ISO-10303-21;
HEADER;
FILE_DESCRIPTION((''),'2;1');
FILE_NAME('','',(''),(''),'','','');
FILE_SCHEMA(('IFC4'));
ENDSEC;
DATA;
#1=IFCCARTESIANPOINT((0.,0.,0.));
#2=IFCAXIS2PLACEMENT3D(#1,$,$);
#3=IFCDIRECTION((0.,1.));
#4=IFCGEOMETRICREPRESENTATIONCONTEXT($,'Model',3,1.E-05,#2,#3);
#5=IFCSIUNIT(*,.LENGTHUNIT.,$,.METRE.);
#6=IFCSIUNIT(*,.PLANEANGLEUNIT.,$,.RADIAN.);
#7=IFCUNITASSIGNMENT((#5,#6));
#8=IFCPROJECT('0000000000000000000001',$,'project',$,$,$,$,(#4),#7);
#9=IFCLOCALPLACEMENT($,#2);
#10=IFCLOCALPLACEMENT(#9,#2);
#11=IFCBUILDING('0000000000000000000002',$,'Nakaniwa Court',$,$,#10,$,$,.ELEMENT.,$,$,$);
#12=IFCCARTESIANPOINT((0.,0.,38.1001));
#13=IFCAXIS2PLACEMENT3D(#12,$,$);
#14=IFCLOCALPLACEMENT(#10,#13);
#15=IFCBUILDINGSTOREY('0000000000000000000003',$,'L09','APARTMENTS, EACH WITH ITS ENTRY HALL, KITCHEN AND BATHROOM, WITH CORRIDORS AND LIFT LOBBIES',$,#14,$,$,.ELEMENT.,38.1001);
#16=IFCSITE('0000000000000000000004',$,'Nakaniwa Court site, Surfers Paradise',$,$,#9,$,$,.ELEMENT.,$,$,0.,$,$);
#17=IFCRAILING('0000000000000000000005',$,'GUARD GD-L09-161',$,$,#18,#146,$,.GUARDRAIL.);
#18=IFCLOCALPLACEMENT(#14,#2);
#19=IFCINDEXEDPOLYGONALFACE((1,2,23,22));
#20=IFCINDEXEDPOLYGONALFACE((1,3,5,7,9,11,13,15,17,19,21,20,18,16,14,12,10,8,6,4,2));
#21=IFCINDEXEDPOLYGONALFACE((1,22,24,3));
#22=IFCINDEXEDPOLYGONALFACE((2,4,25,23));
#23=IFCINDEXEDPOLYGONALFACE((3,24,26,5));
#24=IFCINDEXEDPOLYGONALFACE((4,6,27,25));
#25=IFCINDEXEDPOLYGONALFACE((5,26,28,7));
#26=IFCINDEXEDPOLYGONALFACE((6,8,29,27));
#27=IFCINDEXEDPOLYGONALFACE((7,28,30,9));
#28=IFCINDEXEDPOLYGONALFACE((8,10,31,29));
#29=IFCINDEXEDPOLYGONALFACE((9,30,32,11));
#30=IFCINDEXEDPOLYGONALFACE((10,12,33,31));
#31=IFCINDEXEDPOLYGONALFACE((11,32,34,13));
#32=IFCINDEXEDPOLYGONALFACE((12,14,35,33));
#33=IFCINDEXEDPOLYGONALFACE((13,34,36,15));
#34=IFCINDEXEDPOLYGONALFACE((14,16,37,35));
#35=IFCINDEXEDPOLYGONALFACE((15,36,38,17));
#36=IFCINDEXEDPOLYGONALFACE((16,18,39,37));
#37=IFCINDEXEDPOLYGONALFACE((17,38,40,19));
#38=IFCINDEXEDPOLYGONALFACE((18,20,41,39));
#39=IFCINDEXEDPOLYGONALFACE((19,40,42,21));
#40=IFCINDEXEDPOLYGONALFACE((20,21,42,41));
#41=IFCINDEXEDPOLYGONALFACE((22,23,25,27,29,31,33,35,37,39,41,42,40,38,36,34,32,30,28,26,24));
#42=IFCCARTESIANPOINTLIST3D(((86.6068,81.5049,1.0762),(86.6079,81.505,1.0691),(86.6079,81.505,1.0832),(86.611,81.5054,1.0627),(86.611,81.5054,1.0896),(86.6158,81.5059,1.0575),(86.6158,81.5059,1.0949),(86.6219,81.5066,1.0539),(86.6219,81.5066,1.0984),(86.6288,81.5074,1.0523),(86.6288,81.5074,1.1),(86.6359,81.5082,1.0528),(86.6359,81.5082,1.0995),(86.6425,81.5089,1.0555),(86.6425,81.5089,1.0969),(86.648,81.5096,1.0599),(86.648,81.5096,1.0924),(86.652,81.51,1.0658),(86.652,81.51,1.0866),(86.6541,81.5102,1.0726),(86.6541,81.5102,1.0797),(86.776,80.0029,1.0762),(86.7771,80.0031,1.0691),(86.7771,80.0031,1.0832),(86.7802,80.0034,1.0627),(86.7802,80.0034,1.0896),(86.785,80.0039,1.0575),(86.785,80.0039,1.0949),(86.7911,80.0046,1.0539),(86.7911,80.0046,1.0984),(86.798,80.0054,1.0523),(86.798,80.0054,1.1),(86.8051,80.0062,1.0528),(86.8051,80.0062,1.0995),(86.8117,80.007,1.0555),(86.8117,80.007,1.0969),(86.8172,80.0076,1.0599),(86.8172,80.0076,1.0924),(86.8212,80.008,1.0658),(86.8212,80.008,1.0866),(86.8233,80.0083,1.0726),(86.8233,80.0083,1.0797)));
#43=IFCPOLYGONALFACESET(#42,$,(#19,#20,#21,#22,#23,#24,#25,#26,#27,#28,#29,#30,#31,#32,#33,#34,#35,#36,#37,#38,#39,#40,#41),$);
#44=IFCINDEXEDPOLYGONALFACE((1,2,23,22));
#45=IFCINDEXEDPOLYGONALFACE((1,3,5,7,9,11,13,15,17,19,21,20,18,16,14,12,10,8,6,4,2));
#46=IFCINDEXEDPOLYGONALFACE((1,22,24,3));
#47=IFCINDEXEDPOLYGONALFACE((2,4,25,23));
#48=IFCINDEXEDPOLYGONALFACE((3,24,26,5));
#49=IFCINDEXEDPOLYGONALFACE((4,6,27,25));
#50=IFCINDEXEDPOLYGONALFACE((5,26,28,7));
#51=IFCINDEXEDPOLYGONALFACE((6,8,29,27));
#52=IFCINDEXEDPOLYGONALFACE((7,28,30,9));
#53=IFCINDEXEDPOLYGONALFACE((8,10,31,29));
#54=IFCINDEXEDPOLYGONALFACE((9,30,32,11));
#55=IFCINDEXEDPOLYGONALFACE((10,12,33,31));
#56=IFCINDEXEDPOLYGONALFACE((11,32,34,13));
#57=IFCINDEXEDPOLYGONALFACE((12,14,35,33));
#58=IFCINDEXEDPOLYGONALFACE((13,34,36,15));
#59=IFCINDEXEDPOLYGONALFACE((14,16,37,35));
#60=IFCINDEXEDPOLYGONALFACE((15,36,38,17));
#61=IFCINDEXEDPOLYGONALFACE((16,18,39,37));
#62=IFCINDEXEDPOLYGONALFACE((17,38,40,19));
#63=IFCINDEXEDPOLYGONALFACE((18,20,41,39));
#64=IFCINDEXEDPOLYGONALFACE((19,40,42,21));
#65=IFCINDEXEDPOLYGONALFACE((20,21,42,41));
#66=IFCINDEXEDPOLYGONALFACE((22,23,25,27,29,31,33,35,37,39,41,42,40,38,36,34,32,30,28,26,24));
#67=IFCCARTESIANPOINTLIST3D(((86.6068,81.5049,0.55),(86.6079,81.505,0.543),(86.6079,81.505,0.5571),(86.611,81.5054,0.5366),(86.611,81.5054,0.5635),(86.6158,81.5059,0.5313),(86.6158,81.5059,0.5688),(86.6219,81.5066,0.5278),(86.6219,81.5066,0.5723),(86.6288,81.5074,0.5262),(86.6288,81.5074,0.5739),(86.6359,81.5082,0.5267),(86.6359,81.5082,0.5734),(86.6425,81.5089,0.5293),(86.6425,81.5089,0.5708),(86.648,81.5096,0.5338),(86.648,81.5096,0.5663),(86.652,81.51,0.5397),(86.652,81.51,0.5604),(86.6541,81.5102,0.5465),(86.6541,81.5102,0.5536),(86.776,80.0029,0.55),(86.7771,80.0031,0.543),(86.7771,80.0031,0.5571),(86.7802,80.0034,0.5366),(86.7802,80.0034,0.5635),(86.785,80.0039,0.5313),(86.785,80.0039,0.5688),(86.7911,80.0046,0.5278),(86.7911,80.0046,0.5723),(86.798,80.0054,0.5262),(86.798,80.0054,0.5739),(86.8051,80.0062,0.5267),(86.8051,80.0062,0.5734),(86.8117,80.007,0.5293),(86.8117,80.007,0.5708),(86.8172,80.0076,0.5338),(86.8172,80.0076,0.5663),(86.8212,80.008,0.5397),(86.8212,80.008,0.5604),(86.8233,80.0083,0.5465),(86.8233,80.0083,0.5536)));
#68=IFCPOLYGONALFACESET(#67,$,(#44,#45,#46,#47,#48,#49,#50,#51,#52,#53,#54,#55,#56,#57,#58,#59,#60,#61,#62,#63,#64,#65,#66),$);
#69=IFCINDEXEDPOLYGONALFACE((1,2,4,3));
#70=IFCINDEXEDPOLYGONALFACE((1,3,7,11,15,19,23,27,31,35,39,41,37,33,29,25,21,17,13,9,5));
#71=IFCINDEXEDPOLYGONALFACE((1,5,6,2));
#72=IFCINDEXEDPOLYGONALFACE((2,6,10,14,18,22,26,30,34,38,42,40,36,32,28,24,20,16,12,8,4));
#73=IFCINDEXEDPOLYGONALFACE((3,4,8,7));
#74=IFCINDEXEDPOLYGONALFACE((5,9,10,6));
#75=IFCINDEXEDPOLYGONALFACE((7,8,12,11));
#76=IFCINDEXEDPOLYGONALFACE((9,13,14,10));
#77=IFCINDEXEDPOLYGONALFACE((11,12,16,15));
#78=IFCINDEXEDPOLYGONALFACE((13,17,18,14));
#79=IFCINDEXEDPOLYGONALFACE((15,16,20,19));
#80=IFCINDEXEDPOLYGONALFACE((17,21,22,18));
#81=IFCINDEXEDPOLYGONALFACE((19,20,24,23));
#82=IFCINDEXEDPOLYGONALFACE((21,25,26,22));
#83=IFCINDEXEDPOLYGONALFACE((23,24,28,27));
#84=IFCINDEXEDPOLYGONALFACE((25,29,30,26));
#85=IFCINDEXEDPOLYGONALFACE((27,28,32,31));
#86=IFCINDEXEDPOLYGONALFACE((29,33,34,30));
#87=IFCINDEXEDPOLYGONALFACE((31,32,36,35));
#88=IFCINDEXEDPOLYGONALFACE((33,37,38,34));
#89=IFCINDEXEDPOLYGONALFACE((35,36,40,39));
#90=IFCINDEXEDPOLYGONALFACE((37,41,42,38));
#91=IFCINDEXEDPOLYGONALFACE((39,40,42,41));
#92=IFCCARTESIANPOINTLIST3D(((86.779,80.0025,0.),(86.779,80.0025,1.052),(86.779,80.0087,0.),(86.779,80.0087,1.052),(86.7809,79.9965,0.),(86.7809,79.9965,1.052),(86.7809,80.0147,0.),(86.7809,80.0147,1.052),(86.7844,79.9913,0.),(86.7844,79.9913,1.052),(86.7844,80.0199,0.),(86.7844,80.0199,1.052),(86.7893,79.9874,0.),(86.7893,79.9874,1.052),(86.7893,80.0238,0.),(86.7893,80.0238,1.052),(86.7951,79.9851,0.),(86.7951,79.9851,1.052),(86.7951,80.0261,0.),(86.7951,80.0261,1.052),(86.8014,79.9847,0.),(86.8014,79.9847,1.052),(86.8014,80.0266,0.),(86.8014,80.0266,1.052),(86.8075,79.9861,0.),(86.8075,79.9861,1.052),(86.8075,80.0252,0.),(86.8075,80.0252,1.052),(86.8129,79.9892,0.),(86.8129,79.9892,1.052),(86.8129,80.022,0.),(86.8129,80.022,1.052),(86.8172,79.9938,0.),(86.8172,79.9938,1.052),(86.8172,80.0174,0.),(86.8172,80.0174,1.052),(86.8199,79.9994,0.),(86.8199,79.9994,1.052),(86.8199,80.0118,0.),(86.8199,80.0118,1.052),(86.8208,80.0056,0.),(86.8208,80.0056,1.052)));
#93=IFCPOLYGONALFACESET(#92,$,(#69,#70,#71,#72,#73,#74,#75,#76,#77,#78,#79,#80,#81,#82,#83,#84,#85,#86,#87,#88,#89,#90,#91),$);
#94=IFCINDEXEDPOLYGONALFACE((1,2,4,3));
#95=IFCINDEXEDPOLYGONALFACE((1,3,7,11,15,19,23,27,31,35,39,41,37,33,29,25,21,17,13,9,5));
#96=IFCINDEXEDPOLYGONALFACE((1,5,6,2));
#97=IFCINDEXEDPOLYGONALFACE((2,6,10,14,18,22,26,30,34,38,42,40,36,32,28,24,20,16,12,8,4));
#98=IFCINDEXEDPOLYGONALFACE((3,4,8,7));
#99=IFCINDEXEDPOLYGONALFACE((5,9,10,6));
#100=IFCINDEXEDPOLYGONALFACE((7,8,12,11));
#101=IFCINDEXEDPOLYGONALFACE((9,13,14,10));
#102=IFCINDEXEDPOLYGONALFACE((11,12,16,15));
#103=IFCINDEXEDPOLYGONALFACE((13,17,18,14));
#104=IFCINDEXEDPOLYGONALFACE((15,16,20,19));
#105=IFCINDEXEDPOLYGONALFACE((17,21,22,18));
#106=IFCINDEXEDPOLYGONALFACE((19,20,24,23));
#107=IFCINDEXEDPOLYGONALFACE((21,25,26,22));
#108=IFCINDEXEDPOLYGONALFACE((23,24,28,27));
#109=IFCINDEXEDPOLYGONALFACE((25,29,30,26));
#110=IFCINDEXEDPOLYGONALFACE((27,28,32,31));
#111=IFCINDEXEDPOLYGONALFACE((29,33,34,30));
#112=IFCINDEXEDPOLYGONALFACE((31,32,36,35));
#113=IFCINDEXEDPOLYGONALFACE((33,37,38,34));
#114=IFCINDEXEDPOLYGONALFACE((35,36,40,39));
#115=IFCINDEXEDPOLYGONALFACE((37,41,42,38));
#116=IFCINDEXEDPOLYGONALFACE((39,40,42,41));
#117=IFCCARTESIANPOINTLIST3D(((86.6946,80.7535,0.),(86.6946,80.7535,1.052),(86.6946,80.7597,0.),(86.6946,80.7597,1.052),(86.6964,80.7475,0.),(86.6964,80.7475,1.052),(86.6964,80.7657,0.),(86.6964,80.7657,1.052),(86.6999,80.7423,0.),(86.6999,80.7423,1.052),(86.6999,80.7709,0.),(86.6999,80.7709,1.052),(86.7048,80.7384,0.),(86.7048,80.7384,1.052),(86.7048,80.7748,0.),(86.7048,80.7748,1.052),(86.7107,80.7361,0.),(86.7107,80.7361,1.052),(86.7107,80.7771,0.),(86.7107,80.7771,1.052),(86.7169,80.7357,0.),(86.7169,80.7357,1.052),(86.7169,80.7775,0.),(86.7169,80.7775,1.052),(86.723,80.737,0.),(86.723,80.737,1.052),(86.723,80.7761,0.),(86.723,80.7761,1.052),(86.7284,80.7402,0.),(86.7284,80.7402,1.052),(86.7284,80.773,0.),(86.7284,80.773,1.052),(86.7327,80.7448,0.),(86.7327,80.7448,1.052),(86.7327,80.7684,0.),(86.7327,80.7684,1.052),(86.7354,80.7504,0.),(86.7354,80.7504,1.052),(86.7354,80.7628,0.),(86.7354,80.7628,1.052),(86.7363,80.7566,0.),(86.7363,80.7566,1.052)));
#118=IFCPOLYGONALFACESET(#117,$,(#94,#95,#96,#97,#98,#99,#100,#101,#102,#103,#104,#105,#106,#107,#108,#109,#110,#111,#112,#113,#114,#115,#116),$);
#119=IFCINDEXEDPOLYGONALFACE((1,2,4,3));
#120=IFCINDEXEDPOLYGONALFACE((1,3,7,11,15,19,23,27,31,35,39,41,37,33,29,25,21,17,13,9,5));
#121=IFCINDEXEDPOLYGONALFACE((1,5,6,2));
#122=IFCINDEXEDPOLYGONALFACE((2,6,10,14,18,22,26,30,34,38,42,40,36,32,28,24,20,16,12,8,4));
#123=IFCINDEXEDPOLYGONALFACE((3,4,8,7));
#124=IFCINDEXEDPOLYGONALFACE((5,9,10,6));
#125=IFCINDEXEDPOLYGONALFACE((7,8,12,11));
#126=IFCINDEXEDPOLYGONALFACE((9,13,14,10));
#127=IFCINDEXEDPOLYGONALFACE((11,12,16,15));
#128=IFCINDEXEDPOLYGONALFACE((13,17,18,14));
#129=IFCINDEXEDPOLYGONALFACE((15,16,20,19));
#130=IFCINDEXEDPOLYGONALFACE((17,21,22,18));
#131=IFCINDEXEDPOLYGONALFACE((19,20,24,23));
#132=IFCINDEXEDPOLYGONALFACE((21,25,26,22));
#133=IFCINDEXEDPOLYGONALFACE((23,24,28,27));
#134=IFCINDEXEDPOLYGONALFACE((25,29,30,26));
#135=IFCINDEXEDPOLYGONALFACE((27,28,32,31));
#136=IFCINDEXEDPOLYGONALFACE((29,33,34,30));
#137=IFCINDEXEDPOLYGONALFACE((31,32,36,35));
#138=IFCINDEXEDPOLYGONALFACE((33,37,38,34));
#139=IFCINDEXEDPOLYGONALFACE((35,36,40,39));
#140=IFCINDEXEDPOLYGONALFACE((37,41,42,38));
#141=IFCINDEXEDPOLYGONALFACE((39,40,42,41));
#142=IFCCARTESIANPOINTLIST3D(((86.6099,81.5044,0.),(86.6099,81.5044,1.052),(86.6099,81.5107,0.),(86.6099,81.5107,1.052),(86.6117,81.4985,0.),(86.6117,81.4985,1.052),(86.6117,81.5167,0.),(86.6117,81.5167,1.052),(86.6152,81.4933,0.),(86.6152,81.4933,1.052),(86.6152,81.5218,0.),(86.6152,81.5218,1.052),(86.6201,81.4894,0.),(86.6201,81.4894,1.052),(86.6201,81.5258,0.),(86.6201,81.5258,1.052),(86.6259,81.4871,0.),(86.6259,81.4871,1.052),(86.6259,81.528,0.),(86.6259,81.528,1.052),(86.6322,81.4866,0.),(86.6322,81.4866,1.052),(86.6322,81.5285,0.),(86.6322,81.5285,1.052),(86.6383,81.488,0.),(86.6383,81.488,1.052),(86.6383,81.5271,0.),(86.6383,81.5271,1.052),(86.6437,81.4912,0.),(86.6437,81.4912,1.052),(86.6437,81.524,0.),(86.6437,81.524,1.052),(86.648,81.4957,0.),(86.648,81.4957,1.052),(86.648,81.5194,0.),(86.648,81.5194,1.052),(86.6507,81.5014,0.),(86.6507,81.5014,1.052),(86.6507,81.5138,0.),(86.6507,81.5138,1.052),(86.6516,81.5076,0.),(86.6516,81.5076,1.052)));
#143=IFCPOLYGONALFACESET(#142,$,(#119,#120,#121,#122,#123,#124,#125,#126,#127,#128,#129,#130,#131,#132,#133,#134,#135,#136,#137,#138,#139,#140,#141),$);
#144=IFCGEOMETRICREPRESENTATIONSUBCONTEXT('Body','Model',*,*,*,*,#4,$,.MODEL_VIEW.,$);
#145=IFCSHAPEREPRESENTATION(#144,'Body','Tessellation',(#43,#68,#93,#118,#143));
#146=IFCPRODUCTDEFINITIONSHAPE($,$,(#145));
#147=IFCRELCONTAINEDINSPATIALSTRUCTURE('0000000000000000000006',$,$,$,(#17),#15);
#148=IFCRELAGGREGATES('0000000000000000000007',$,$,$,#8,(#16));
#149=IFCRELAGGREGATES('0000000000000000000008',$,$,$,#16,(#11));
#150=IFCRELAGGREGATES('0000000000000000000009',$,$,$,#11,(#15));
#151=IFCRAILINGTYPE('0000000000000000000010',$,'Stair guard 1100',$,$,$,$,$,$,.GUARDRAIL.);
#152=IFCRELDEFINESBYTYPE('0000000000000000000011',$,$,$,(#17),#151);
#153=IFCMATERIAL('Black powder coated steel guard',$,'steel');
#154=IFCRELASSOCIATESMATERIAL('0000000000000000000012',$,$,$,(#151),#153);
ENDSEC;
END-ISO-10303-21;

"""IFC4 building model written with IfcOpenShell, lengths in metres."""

from ifc_helpers import new_model, si_unit, direction, frame, origin, origin_2d, place, context, subcontext, project, spatial, circle, extrude, material, type_object, element, save


model = new_model("IFC4")

# Units and contexts
model_context = context("Model", 3, precision=1e-05, world=origin(), true_north=direction((0.0, 1.0)))
body_context = subcontext(model_context, "Body", "Model", "MODEL_VIEW")
ifc_project = project(units=[si_unit("LENGTHUNIT", "METRE"), si_unit("PLANEANGLEUNIT", "RADIAN")], contexts=[model_context])

# Site, building, storey
site_placement = place(None, origin())
site = spatial("IfcSite", under=ifc_project, at=site_placement, Name="Nakaniwa Court site, Surfers Paradise", CompositionType="ELEMENT", RefElevation=0.0)
building_placement = place(site_placement, origin())
building = spatial("IfcBuilding", under=site, at=building_placement, Name="Nakaniwa Court", CompositionType="ELEMENT")
storey_placement = place(building_placement, frame((0.0, 0.0, 38.1001)))
storey = spatial("IfcBuildingStorey", under=building, at=storey_placement, Name="L09", Description="APARTMENTS, EACH WITH ITS ENTRY HALL, KITCHEN AND BATHROOM, WITH CORRIDORS AND LIFT LOBBIES", CompositionType="ELEMENT", Elevation=38.1001)

# Railing
ifc_material_1 = material(Name="Black powder coated steel guard", Category="steel")
railing_type = type_object("IfcRailingType", Name="Stair guard 1100", PredefinedType="GUARDRAIL", material=ifc_material_1)
railing_1_placement = place(storey_placement, frame((86.7998, 80.0056, 0.0)))
element("IfcRailing", 1, at=railing_1_placement, inside=storey, type_object=railing_type, Name="GUARD GD-L09-161", PredefinedType="GUARDRAIL", context=body_context, shape_type="SweptSolid", body=[
    extrude(circle(Radius=0.0239, at=origin_2d()), frame((0.0, 0.0, 1.0762), z_axis=(-0.111938, 0.993715, 0.0), x_axis=(-0.993715, -0.111938, 0.0)), (0.0, 0.0, 1.0), 1.5115),
    extrude(circle(Radius=0.0239, at=origin_2d()), frame((0.0, 0.0, 0.55), z_axis=(-0.111938, 0.993715, 0.0), x_axis=(-0.993715, -0.111938, 0.0)), (0.0, 0.0, 1.0), 1.5115),
    extrude(circle(Radius=0.021, at=origin_2d()), origin(), (0.0, 0.0, 1.0), 1.052),
    extrude(circle(Radius=0.021, at=origin_2d()), frame((-0.0845, 0.751, 0.0)), (0.0, 0.0, 1.0), 1.052),
    extrude(circle(Radius=0.021, at=origin_2d()), frame((-0.1692, 1.502, 0.0)), (0.0, 0.0, 1.0), 1.052),
])

save(model, "model.ifc")
